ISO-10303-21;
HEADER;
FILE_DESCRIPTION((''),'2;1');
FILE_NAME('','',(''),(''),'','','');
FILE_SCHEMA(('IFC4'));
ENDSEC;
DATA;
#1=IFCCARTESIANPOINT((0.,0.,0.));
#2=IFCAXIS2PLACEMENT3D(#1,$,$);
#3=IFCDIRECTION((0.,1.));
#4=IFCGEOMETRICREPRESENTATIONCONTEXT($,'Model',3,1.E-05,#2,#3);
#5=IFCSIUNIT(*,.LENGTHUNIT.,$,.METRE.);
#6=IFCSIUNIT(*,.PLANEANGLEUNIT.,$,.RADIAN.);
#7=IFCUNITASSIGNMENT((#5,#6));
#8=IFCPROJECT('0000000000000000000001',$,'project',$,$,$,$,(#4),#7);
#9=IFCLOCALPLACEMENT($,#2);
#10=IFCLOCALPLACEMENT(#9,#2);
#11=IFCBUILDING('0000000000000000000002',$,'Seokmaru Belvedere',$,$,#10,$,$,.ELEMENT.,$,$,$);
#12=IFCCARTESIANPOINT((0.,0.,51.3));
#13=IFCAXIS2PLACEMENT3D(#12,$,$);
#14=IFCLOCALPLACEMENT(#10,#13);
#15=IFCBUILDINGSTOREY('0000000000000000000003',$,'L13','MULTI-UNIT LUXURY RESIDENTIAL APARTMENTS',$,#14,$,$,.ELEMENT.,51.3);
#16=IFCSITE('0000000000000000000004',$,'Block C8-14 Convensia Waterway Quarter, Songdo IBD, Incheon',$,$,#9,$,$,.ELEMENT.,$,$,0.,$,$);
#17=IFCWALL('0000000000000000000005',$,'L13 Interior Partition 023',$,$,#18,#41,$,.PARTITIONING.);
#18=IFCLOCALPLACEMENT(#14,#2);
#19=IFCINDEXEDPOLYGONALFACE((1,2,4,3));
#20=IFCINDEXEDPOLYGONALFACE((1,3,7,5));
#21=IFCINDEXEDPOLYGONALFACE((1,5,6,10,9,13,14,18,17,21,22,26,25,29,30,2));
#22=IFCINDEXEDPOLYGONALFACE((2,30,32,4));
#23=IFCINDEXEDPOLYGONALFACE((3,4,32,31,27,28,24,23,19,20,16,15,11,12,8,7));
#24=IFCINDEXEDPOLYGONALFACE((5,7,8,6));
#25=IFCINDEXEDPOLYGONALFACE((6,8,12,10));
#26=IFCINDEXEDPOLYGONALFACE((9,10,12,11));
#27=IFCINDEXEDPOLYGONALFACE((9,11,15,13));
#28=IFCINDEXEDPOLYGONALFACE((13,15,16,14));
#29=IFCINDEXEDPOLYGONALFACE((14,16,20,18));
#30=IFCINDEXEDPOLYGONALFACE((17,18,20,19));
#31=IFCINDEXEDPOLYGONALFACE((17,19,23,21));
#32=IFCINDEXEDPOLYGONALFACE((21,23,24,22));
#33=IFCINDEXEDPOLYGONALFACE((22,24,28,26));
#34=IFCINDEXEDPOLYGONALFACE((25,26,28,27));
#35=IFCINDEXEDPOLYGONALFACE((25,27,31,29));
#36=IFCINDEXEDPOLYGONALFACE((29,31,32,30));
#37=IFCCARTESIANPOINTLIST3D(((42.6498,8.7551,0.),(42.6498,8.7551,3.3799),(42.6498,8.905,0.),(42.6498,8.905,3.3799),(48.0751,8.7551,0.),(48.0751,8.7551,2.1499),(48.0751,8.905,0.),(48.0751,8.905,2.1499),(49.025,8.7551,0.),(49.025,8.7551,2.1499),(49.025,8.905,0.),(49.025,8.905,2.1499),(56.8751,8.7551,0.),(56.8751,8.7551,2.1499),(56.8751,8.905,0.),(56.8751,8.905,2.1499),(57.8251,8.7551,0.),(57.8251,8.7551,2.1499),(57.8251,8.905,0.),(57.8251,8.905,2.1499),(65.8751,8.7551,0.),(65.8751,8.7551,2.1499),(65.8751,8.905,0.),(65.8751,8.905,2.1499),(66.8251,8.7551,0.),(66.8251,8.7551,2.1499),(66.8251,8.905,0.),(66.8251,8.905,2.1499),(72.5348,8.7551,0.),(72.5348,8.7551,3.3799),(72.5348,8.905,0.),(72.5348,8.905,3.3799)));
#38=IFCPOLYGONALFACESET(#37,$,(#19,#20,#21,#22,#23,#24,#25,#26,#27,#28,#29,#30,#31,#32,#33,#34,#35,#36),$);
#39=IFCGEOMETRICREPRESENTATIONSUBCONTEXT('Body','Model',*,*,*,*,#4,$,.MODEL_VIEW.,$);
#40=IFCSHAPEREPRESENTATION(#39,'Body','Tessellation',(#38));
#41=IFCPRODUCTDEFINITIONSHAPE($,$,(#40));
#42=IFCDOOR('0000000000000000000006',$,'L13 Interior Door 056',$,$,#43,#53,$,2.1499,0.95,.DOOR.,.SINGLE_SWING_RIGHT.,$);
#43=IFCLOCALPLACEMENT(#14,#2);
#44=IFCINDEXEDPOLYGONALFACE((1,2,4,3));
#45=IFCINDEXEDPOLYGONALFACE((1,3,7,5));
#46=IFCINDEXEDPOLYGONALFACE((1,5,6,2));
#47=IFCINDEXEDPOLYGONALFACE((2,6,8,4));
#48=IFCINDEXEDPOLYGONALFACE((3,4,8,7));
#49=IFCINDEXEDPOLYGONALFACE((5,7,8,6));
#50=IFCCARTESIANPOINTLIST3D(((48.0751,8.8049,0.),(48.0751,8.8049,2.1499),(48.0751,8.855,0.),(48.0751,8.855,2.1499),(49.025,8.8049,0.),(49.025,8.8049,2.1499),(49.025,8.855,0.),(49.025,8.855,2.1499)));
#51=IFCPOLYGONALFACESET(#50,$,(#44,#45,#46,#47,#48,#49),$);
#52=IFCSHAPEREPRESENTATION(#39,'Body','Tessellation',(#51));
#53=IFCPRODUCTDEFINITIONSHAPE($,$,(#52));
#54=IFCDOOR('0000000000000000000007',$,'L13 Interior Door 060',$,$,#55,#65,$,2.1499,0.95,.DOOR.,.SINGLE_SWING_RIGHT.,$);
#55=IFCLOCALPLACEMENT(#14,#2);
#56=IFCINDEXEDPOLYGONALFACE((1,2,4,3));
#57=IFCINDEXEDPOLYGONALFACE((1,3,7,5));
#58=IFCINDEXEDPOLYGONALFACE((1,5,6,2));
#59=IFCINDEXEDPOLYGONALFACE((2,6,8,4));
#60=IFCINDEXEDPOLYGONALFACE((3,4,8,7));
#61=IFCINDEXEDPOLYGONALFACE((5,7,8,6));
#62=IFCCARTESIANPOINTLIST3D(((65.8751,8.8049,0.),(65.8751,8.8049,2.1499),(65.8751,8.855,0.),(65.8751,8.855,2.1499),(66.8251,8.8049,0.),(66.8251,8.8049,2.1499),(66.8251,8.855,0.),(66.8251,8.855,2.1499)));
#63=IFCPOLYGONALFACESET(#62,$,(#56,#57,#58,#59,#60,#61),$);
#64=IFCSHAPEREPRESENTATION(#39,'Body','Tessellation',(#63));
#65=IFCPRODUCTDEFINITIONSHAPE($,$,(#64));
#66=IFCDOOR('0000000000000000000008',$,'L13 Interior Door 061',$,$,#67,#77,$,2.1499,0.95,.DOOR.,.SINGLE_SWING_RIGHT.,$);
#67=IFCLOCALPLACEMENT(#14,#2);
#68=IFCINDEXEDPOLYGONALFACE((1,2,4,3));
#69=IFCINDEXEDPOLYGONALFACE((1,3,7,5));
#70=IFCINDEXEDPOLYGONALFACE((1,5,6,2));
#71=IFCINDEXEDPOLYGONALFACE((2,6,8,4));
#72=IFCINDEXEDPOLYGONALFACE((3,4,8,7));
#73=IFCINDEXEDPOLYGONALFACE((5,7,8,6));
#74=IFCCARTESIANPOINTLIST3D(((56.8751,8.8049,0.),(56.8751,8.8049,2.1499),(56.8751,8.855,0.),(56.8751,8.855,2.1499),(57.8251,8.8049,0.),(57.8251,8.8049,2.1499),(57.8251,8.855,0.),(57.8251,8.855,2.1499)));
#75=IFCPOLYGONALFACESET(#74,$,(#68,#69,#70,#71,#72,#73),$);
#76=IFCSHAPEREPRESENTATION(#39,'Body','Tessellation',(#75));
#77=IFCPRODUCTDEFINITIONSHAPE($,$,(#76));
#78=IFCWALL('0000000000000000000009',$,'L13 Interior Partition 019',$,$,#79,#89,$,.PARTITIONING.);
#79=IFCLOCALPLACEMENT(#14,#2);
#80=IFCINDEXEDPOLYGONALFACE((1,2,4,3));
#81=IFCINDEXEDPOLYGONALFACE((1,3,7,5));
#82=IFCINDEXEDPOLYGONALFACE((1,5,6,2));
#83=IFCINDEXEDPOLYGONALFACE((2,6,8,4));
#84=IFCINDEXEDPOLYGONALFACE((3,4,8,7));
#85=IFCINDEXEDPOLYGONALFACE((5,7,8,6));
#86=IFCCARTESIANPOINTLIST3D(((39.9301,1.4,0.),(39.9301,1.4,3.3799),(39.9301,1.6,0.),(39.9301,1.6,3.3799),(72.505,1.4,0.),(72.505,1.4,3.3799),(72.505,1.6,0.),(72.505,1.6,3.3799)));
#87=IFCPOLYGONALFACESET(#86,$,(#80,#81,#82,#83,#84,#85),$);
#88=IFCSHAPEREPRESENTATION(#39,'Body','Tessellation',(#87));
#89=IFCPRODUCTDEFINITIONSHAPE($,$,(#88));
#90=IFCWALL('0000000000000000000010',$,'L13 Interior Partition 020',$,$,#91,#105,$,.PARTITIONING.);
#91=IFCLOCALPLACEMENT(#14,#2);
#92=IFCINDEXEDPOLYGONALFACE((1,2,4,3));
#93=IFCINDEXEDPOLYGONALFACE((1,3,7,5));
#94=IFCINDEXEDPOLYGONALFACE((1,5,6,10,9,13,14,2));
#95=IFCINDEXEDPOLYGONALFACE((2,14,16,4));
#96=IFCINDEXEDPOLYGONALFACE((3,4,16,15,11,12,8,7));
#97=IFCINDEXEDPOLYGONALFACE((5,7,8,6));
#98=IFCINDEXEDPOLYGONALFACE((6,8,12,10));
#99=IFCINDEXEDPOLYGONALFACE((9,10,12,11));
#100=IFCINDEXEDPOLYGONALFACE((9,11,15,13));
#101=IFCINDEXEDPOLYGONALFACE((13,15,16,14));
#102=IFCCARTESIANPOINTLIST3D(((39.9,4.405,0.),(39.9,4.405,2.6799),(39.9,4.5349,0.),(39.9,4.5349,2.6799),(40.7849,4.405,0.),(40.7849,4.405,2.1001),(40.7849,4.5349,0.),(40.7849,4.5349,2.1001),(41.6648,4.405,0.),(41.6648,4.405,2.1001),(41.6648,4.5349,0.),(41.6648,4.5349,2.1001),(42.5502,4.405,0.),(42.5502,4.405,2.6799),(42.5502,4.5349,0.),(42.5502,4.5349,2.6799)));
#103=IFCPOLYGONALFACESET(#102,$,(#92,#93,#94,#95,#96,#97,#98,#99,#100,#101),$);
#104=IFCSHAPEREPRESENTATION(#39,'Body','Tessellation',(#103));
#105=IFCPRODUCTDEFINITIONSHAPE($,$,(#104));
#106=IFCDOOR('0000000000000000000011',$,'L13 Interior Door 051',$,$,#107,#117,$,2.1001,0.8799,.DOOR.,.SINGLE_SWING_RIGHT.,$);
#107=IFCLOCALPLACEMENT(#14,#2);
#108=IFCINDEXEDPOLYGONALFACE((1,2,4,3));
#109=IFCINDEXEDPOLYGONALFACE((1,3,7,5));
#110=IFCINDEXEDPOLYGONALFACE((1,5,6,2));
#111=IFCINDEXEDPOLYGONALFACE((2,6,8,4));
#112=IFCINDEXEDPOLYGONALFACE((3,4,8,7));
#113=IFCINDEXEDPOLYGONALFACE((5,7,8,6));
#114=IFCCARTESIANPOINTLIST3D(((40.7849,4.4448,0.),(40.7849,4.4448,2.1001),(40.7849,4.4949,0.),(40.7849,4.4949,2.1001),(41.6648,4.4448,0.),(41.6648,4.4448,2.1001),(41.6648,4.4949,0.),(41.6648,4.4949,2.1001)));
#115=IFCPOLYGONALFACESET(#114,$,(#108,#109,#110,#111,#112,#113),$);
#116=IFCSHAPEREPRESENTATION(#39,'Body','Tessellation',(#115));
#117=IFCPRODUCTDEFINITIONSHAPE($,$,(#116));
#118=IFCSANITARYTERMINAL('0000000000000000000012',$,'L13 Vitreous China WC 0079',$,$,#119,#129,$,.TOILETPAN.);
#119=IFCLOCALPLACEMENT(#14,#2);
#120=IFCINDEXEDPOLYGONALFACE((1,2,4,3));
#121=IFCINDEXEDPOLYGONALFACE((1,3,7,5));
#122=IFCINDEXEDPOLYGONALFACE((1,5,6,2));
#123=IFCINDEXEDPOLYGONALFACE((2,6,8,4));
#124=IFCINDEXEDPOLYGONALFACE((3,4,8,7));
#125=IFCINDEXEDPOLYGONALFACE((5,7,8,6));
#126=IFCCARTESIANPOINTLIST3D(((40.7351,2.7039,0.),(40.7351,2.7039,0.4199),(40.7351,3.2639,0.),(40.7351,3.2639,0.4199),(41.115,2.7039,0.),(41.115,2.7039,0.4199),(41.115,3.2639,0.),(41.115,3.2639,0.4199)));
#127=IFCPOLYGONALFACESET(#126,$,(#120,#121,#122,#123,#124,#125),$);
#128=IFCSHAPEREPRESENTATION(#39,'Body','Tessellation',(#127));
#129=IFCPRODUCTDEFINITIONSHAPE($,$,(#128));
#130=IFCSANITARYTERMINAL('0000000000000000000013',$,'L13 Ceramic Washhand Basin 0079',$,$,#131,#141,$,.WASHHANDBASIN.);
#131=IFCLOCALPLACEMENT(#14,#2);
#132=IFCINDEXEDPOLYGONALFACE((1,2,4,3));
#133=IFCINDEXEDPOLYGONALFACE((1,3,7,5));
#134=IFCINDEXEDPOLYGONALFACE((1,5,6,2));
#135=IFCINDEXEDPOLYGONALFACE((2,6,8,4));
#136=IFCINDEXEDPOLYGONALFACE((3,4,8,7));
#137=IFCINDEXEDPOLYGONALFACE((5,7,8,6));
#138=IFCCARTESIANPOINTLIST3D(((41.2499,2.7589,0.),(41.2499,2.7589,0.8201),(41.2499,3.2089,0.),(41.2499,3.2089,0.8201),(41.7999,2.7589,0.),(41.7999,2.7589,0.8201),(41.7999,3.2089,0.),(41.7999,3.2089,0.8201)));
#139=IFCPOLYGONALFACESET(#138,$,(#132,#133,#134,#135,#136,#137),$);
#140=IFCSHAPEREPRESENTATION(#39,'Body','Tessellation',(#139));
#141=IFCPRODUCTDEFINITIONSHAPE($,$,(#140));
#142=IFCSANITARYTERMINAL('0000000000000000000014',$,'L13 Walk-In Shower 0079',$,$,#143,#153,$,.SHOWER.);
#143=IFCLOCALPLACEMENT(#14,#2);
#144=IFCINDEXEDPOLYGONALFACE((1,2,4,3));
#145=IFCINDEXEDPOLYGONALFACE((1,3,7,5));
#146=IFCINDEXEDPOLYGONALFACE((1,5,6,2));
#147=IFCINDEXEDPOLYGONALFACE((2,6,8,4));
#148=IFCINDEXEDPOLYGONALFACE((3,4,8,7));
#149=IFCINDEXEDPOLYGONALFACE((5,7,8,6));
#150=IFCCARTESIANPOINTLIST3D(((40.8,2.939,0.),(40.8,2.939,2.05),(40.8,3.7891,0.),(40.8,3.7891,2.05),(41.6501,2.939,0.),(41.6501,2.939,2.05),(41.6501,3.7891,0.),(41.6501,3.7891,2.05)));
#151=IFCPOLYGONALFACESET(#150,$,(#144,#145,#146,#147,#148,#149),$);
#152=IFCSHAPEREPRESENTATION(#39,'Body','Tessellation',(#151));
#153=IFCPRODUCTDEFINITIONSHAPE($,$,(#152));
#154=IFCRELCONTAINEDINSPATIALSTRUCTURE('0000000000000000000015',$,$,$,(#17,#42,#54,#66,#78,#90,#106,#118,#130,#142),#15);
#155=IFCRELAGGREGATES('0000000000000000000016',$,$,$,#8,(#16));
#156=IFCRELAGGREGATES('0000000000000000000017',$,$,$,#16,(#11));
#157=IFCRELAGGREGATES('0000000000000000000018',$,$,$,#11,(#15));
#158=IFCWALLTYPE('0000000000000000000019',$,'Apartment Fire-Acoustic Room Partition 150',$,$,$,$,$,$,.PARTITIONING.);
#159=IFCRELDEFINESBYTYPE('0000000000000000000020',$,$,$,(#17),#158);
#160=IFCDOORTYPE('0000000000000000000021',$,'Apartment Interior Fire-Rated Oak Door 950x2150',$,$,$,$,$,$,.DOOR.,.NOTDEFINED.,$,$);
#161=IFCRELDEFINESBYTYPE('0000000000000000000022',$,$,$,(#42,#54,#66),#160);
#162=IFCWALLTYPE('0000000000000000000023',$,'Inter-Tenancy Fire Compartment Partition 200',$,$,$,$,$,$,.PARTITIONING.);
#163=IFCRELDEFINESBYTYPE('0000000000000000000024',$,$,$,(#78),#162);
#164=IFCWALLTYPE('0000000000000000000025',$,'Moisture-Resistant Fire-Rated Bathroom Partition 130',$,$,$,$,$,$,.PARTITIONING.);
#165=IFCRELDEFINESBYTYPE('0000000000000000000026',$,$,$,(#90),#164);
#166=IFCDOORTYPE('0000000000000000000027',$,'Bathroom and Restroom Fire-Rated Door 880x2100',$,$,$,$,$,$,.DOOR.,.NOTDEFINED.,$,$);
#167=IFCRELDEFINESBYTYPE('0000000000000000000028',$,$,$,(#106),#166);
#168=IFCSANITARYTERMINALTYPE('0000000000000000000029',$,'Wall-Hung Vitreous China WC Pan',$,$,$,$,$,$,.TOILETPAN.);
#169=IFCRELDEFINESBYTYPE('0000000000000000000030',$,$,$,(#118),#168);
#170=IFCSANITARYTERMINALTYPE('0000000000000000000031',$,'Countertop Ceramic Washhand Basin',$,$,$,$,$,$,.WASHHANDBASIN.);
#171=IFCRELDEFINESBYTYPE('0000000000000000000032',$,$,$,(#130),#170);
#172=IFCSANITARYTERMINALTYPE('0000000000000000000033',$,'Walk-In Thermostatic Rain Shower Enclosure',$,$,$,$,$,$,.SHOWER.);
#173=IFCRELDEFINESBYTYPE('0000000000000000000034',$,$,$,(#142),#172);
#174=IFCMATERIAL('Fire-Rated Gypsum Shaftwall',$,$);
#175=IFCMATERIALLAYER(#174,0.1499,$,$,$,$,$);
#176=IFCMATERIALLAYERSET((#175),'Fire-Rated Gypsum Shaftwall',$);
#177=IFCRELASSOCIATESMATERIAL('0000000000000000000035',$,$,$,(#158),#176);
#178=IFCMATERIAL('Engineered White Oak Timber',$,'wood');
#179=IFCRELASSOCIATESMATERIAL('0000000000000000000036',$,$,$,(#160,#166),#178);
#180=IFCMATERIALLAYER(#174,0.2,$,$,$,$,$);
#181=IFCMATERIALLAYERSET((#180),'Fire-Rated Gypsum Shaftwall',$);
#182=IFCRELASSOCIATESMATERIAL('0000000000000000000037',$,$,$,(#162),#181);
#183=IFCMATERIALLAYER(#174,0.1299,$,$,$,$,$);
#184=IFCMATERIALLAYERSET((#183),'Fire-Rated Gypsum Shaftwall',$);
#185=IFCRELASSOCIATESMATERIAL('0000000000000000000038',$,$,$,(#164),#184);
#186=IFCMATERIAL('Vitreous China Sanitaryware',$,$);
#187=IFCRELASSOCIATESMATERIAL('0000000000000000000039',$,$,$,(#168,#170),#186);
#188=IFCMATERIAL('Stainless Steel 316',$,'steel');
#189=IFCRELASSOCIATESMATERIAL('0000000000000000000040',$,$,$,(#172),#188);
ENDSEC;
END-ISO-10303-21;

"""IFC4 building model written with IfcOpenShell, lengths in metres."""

from ifc_helpers import new_model, si_unit, direction, frame, frame_2d, origin, origin_2d, place, context, subcontext, project, spatial, rectangle, extrude, source, transform, mapped, material, layer, layer_set, type_object, type_shapes, element, fill, save


model = new_model("IFC4")

# Units and contexts
model_context = context("Model", 3, precision=1e-05, world=origin(), true_north=direction((0.0, 1.0)))
body_context = subcontext(model_context, "Body", "Model", "MODEL_VIEW")
ifc_project = project(units=[si_unit("LENGTHUNIT", "METRE"), si_unit("PLANEANGLEUNIT", "RADIAN")], contexts=[model_context])

# Site, building, storey
site_placement = place(None, origin())
site = spatial("IfcSite", under=ifc_project, at=site_placement, Name="Block C8-14 Convensia Waterway Quarter, Songdo IBD, Incheon", CompositionType="ELEMENT", RefElevation=0.0)
building_placement = place(site_placement, origin())
building = spatial("IfcBuilding", under=site, at=building_placement, Name="Seokmaru Belvedere", CompositionType="ELEMENT")
storey_placement = place(building_placement, frame((0.0, 0.0, 51.3)))
storey = spatial("IfcBuildingStorey", under=building, at=storey_placement, Name="L13", Description="MULTI-UNIT LUXURY RESIDENTIAL APARTMENTS", CompositionType="ELEMENT", Elevation=51.3)

# Wall, openings, doors
ifc_material_1 = material(Name="Fire-Rated Gypsum Shaftwall")
ifc_layer_1 = layer(ifc_material_1, 0.1499)
ifc_layer_set_1 = layer_set([ifc_layer_1], Name="Fire-Rated Gypsum Shaftwall")
wall_type_1 = type_object("IfcWallType", Name="Apartment Fire-Acoustic Room Partition 150", PredefinedType="PARTITIONING", material=ifc_layer_set_1)
ifc_material_2 = material(Name="Engineered White Oak Timber", Category="wood")
door_type_1 = type_object("IfcDoorType", Name="Apartment Interior Fire-Rated Oak Door 950x2150", OperationType="NOTDEFINED", PredefinedType="DOOR", material=ifc_material_2)
shared_shape_1 = source(origin(), body_context, "Body", "SweptSolid", [
    extrude(rectangle(XDim=0.95, YDim=2.1499, at=frame_2d((0.4751, 1.075))), frame((0.0, 0.0249, 0.0), z_axis=(0.0, -1.0, 0.0), x_axis=(1.0, 0.0, 0.0)), (0.0, 0.0, 1.0), 0.05),
])
type_shapes(door_type_1, [shared_shape_1])
wall_1_placement = place(storey_placement, frame((42.6499, 8.8301, 0.0), z_axis=(0.0, 0.0, 1.0), x_axis=(1.0, 0.0, 0.0)))
wall_1 = element("IfcWall", 1, at=wall_1_placement, inside=storey, type_object=wall_type_1, Name="L13 Interior Partition 023", PredefinedType="PARTITIONING", context=body_context, shape_type="SweptSolid", body=[
    extrude(rectangle(XDim=29.885, YDim=0.1499, at=frame_2d((14.9424, 0.0))), origin(), (0.0, 0.0, 1.0), 3.3799),
])
opening_1_placement = place(wall_1_placement, frame((5.425, 0.0, 0.0)))
opening_1 = element("IfcOpeningElement", 2, at=opening_1_placement, cuts=wall_1, PredefinedType="OPENING", context=body_context, shape_type="SweptSolid", body=[
    extrude(rectangle(XDim=0.95, YDim=2.1499, at=frame_2d((0.4751, 1.075))), frame((0.0, 0.085, 0.0), z_axis=(0.0, -1.0, 0.0), x_axis=(1.0, 0.0, 0.0)), (0.0, 0.0, 1.0), 0.1699),
])
opening_2_placement = place(wall_1_placement, frame((23.2251, 0.0, 0.0)))
opening_2 = element("IfcOpeningElement", 3, at=opening_2_placement, cuts=wall_1, PredefinedType="OPENING", context=body_context, shape_type="SweptSolid", body=[
    extrude(rectangle(XDim=0.95, YDim=2.1499, at=frame_2d((0.4751, 1.075))), frame((0.0, 0.085, 0.0), z_axis=(0.0, -1.0, 0.0), x_axis=(1.0, 0.0, 0.0)), (0.0, 0.0, 1.0), 0.1699),
])
opening_3_placement = place(wall_1_placement, frame((14.2251, 0.0, 0.0)))
opening_3 = element("IfcOpeningElement", 4, at=opening_3_placement, cuts=wall_1, PredefinedType="OPENING", context=body_context, shape_type="SweptSolid", body=[
    extrude(rectangle(XDim=0.95, YDim=2.1499, at=frame_2d((0.4751, 1.075))), frame((0.0, 0.085, 0.0), z_axis=(0.0, -1.0, 0.0), x_axis=(1.0, 0.0, 0.0)), (0.0, 0.0, 1.0), 0.1699),
])
door_1_placement = place(opening_1_placement, origin())
door_1 = element("IfcDoor", 5, at=door_1_placement, inside=storey, type_object=door_type_1, Name="L13 Interior Door 056", OperationType="SINGLE_SWING_RIGHT", OverallHeight=2.1499, OverallWidth=0.95, PredefinedType="DOOR", context=body_context, shape_type="MappedRepresentation", body=[
    mapped(shared_shape_1, transform((0.0, 0.0, 0.0), scale=1.0)),
])
fill(opening_1, door_1)
door_2_placement = place(opening_2_placement, origin())
door_2 = element("IfcDoor", 6, at=door_2_placement, inside=storey, type_object=door_type_1, Name="L13 Interior Door 060", OperationType="SINGLE_SWING_RIGHT", OverallHeight=2.1499, OverallWidth=0.95, PredefinedType="DOOR", context=body_context, shape_type="MappedRepresentation", body=[
    mapped(shared_shape_1, transform((0.0, 0.0, 0.0), scale=1.0)),
])
fill(opening_2, door_2)
door_3_placement = place(opening_3_placement, origin())
door_3 = element("IfcDoor", 7, at=door_3_placement, inside=storey, type_object=door_type_1, Name="L13 Interior Door 061", OperationType="SINGLE_SWING_RIGHT", OverallHeight=2.1499, OverallWidth=0.95, PredefinedType="DOOR", context=body_context, shape_type="MappedRepresentation", body=[
    mapped(shared_shape_1, transform((0.0, 0.0, 0.0), scale=1.0)),
])
fill(opening_3, door_3)

# Wall
ifc_layer_2 = layer(ifc_material_1, 0.2)
ifc_layer_set_2 = layer_set([ifc_layer_2], Name="Fire-Rated Gypsum Shaftwall")
wall_type_2 = type_object("IfcWallType", Name="Inter-Tenancy Fire Compartment Partition 200", PredefinedType="PARTITIONING", material=ifc_layer_set_2)
wall_2_placement = place(storey_placement, frame((39.9299, 1.5, 0.0), z_axis=(0.0, 0.0, 1.0), x_axis=(1.0, 0.0, 0.0)))
element("IfcWall", 8, at=wall_2_placement, inside=storey, type_object=wall_type_2, Name="L13 Interior Partition 019", PredefinedType="PARTITIONING", context=body_context, shape_type="SweptSolid", body=[
    extrude(rectangle(XDim=32.575, YDim=0.2, at=frame_2d((16.2876, 0.0))), origin(), (0.0, 0.0, 1.0), 3.3799),
])

# Wall, opening, door
ifc_layer_3 = layer(ifc_material_1, 0.1299)
ifc_layer_set_3 = layer_set([ifc_layer_3], Name="Fire-Rated Gypsum Shaftwall")
wall_type_3 = type_object("IfcWallType", Name="Moisture-Resistant Fire-Rated Bathroom Partition 130", PredefinedType="PARTITIONING", material=ifc_layer_set_3)
wall_3_placement = place(storey_placement, frame((39.8999, 4.47, 0.0), z_axis=(0.0, 0.0, 1.0), x_axis=(1.0, 0.0, 0.0)))
wall_3 = element("IfcWall", 9, at=wall_3_placement, inside=storey, type_object=wall_type_3, Name="L13 Interior Partition 020", PredefinedType="PARTITIONING", context=body_context, shape_type="SweptSolid", body=[
    extrude(rectangle(XDim=2.6501, YDim=0.1299, at=frame_2d((1.3252, 0.0))), origin(), (0.0, 0.0, 1.0), 2.6799),
])
opening_4_placement = place(wall_3_placement, frame((0.885, 0.0, 0.0)))
opening_4 = element("IfcOpeningElement", 10, at=opening_4_placement, cuts=wall_3, PredefinedType="OPENING", context=body_context, shape_type="SweptSolid", body=[
    extrude(rectangle(XDim=0.8799, YDim=2.1001, at=frame_2d((0.4399, 1.05))), frame((0.0, 0.075, 0.0), z_axis=(0.0, -1.0, 0.0), x_axis=(1.0, 0.0, 0.0)), (0.0, 0.0, 1.0), 0.1499),
])
door_type_2 = type_object("IfcDoorType", Name="Bathroom and Restroom Fire-Rated Door 880x2100", OperationType="NOTDEFINED", PredefinedType="DOOR", material=ifc_material_2)
shared_shape_2 = source(origin(), body_context, "Body", "SweptSolid", [
    extrude(rectangle(XDim=0.8799, YDim=2.1001, at=frame_2d((0.4399, 1.05))), frame((0.0, 0.0249, 0.0), z_axis=(0.0, -1.0, 0.0), x_axis=(1.0, 0.0, 0.0)), (0.0, 0.0, 1.0), 0.05),
])
type_shapes(door_type_2, [shared_shape_2])
door_4_placement = place(opening_4_placement, origin())
door_4 = element("IfcDoor", 11, at=door_4_placement, inside=storey, type_object=door_type_2, Name="L13 Interior Door 051", OperationType="SINGLE_SWING_RIGHT", OverallHeight=2.1001, OverallWidth=0.8799, PredefinedType="DOOR", context=body_context, shape_type="MappedRepresentation", body=[
    mapped(shared_shape_2, transform((0.0, 0.0, 0.0), scale=1.0)),
])
fill(opening_4, door_4)

# Sanitary terminals
ifc_material_3 = material(Name="Vitreous China Sanitaryware")
sanitary_terminal_type_1 = type_object("IfcSanitaryTerminalType", Name="Wall-Hung Vitreous China WC Pan", PredefinedType="TOILETPAN", material=ifc_material_3)
shared_shape_3 = source(origin(), body_context, "Body", "SweptSolid", [
    extrude(rectangle(XDim=0.3799, YDim=0.5601, at=origin_2d()), origin(), (0.0, 0.0, 1.0), 0.4199),
])
type_shapes(sanitary_terminal_type_1, [shared_shape_3])
sanitary_terminal_1_placement = place(storey_placement, frame((40.925, 2.9839, 0.0), z_axis=(0.0, 0.0, 1.0), x_axis=(1.0, 0.0, 0.0)))
element("IfcSanitaryTerminal", 12, at=sanitary_terminal_1_placement, inside=storey, type_object=sanitary_terminal_type_1, Name="L13 Vitreous China WC 0079", PredefinedType="TOILETPAN", context=body_context, shape_type="MappedRepresentation", body=[
    mapped(shared_shape_3, transform((0.0, 0.0, 0.0), scale=1.0)),
])
sanitary_terminal_type_2 = type_object("IfcSanitaryTerminalType", Name="Countertop Ceramic Washhand Basin", PredefinedType="WASHHANDBASIN", material=ifc_material_3)
shared_shape_4 = source(origin(), body_context, "Body", "SweptSolid", [
    extrude(rectangle(XDim=0.55, YDim=0.45, at=origin_2d()), origin(), (0.0, 0.0, 1.0), 0.8201),
])
type_shapes(sanitary_terminal_type_2, [shared_shape_4])
sanitary_terminal_2_placement = place(storey_placement, frame((41.5249, 2.9839, 0.0), z_axis=(0.0, 0.0, 1.0), x_axis=(1.0, 0.0, 0.0)))
element("IfcSanitaryTerminal", 13, at=sanitary_terminal_2_placement, inside=storey, type_object=sanitary_terminal_type_2, Name="L13 Ceramic Washhand Basin 0079", PredefinedType="WASHHANDBASIN", context=body_context, shape_type="MappedRepresentation", body=[
    mapped(shared_shape_4, transform((0.0, 0.0, 0.0), scale=1.0)),
])
ifc_material_4 = material(Name="Stainless Steel 316", Category="steel")
sanitary_terminal_type_3 = type_object("IfcSanitaryTerminalType", Name="Walk-In Thermostatic Rain Shower Enclosure", PredefinedType="SHOWER", material=ifc_material_4)
shared_shape_5 = source(origin(), body_context, "Body", "SweptSolid", [
    extrude(rectangle(XDim=0.8501, YDim=0.8501, at=origin_2d()), origin(), (0.0, 0.0, 1.0), 2.05),
])
type_shapes(sanitary_terminal_type_3, [shared_shape_5])
sanitary_terminal_3_placement = place(storey_placement, frame((41.2251, 3.364, 0.0), z_axis=(0.0, 0.0, 1.0), x_axis=(1.0, 0.0, 0.0)))
element("IfcSanitaryTerminal", 14, at=sanitary_terminal_3_placement, inside=storey, type_object=sanitary_terminal_type_3, Name="L13 Walk-In Shower 0079", PredefinedType="SHOWER", context=body_context, shape_type="MappedRepresentation", body=[
    mapped(shared_shape_5, transform((0.0, 0.0, 0.0), scale=1.0)),
])

save(model, "model.ifc")
